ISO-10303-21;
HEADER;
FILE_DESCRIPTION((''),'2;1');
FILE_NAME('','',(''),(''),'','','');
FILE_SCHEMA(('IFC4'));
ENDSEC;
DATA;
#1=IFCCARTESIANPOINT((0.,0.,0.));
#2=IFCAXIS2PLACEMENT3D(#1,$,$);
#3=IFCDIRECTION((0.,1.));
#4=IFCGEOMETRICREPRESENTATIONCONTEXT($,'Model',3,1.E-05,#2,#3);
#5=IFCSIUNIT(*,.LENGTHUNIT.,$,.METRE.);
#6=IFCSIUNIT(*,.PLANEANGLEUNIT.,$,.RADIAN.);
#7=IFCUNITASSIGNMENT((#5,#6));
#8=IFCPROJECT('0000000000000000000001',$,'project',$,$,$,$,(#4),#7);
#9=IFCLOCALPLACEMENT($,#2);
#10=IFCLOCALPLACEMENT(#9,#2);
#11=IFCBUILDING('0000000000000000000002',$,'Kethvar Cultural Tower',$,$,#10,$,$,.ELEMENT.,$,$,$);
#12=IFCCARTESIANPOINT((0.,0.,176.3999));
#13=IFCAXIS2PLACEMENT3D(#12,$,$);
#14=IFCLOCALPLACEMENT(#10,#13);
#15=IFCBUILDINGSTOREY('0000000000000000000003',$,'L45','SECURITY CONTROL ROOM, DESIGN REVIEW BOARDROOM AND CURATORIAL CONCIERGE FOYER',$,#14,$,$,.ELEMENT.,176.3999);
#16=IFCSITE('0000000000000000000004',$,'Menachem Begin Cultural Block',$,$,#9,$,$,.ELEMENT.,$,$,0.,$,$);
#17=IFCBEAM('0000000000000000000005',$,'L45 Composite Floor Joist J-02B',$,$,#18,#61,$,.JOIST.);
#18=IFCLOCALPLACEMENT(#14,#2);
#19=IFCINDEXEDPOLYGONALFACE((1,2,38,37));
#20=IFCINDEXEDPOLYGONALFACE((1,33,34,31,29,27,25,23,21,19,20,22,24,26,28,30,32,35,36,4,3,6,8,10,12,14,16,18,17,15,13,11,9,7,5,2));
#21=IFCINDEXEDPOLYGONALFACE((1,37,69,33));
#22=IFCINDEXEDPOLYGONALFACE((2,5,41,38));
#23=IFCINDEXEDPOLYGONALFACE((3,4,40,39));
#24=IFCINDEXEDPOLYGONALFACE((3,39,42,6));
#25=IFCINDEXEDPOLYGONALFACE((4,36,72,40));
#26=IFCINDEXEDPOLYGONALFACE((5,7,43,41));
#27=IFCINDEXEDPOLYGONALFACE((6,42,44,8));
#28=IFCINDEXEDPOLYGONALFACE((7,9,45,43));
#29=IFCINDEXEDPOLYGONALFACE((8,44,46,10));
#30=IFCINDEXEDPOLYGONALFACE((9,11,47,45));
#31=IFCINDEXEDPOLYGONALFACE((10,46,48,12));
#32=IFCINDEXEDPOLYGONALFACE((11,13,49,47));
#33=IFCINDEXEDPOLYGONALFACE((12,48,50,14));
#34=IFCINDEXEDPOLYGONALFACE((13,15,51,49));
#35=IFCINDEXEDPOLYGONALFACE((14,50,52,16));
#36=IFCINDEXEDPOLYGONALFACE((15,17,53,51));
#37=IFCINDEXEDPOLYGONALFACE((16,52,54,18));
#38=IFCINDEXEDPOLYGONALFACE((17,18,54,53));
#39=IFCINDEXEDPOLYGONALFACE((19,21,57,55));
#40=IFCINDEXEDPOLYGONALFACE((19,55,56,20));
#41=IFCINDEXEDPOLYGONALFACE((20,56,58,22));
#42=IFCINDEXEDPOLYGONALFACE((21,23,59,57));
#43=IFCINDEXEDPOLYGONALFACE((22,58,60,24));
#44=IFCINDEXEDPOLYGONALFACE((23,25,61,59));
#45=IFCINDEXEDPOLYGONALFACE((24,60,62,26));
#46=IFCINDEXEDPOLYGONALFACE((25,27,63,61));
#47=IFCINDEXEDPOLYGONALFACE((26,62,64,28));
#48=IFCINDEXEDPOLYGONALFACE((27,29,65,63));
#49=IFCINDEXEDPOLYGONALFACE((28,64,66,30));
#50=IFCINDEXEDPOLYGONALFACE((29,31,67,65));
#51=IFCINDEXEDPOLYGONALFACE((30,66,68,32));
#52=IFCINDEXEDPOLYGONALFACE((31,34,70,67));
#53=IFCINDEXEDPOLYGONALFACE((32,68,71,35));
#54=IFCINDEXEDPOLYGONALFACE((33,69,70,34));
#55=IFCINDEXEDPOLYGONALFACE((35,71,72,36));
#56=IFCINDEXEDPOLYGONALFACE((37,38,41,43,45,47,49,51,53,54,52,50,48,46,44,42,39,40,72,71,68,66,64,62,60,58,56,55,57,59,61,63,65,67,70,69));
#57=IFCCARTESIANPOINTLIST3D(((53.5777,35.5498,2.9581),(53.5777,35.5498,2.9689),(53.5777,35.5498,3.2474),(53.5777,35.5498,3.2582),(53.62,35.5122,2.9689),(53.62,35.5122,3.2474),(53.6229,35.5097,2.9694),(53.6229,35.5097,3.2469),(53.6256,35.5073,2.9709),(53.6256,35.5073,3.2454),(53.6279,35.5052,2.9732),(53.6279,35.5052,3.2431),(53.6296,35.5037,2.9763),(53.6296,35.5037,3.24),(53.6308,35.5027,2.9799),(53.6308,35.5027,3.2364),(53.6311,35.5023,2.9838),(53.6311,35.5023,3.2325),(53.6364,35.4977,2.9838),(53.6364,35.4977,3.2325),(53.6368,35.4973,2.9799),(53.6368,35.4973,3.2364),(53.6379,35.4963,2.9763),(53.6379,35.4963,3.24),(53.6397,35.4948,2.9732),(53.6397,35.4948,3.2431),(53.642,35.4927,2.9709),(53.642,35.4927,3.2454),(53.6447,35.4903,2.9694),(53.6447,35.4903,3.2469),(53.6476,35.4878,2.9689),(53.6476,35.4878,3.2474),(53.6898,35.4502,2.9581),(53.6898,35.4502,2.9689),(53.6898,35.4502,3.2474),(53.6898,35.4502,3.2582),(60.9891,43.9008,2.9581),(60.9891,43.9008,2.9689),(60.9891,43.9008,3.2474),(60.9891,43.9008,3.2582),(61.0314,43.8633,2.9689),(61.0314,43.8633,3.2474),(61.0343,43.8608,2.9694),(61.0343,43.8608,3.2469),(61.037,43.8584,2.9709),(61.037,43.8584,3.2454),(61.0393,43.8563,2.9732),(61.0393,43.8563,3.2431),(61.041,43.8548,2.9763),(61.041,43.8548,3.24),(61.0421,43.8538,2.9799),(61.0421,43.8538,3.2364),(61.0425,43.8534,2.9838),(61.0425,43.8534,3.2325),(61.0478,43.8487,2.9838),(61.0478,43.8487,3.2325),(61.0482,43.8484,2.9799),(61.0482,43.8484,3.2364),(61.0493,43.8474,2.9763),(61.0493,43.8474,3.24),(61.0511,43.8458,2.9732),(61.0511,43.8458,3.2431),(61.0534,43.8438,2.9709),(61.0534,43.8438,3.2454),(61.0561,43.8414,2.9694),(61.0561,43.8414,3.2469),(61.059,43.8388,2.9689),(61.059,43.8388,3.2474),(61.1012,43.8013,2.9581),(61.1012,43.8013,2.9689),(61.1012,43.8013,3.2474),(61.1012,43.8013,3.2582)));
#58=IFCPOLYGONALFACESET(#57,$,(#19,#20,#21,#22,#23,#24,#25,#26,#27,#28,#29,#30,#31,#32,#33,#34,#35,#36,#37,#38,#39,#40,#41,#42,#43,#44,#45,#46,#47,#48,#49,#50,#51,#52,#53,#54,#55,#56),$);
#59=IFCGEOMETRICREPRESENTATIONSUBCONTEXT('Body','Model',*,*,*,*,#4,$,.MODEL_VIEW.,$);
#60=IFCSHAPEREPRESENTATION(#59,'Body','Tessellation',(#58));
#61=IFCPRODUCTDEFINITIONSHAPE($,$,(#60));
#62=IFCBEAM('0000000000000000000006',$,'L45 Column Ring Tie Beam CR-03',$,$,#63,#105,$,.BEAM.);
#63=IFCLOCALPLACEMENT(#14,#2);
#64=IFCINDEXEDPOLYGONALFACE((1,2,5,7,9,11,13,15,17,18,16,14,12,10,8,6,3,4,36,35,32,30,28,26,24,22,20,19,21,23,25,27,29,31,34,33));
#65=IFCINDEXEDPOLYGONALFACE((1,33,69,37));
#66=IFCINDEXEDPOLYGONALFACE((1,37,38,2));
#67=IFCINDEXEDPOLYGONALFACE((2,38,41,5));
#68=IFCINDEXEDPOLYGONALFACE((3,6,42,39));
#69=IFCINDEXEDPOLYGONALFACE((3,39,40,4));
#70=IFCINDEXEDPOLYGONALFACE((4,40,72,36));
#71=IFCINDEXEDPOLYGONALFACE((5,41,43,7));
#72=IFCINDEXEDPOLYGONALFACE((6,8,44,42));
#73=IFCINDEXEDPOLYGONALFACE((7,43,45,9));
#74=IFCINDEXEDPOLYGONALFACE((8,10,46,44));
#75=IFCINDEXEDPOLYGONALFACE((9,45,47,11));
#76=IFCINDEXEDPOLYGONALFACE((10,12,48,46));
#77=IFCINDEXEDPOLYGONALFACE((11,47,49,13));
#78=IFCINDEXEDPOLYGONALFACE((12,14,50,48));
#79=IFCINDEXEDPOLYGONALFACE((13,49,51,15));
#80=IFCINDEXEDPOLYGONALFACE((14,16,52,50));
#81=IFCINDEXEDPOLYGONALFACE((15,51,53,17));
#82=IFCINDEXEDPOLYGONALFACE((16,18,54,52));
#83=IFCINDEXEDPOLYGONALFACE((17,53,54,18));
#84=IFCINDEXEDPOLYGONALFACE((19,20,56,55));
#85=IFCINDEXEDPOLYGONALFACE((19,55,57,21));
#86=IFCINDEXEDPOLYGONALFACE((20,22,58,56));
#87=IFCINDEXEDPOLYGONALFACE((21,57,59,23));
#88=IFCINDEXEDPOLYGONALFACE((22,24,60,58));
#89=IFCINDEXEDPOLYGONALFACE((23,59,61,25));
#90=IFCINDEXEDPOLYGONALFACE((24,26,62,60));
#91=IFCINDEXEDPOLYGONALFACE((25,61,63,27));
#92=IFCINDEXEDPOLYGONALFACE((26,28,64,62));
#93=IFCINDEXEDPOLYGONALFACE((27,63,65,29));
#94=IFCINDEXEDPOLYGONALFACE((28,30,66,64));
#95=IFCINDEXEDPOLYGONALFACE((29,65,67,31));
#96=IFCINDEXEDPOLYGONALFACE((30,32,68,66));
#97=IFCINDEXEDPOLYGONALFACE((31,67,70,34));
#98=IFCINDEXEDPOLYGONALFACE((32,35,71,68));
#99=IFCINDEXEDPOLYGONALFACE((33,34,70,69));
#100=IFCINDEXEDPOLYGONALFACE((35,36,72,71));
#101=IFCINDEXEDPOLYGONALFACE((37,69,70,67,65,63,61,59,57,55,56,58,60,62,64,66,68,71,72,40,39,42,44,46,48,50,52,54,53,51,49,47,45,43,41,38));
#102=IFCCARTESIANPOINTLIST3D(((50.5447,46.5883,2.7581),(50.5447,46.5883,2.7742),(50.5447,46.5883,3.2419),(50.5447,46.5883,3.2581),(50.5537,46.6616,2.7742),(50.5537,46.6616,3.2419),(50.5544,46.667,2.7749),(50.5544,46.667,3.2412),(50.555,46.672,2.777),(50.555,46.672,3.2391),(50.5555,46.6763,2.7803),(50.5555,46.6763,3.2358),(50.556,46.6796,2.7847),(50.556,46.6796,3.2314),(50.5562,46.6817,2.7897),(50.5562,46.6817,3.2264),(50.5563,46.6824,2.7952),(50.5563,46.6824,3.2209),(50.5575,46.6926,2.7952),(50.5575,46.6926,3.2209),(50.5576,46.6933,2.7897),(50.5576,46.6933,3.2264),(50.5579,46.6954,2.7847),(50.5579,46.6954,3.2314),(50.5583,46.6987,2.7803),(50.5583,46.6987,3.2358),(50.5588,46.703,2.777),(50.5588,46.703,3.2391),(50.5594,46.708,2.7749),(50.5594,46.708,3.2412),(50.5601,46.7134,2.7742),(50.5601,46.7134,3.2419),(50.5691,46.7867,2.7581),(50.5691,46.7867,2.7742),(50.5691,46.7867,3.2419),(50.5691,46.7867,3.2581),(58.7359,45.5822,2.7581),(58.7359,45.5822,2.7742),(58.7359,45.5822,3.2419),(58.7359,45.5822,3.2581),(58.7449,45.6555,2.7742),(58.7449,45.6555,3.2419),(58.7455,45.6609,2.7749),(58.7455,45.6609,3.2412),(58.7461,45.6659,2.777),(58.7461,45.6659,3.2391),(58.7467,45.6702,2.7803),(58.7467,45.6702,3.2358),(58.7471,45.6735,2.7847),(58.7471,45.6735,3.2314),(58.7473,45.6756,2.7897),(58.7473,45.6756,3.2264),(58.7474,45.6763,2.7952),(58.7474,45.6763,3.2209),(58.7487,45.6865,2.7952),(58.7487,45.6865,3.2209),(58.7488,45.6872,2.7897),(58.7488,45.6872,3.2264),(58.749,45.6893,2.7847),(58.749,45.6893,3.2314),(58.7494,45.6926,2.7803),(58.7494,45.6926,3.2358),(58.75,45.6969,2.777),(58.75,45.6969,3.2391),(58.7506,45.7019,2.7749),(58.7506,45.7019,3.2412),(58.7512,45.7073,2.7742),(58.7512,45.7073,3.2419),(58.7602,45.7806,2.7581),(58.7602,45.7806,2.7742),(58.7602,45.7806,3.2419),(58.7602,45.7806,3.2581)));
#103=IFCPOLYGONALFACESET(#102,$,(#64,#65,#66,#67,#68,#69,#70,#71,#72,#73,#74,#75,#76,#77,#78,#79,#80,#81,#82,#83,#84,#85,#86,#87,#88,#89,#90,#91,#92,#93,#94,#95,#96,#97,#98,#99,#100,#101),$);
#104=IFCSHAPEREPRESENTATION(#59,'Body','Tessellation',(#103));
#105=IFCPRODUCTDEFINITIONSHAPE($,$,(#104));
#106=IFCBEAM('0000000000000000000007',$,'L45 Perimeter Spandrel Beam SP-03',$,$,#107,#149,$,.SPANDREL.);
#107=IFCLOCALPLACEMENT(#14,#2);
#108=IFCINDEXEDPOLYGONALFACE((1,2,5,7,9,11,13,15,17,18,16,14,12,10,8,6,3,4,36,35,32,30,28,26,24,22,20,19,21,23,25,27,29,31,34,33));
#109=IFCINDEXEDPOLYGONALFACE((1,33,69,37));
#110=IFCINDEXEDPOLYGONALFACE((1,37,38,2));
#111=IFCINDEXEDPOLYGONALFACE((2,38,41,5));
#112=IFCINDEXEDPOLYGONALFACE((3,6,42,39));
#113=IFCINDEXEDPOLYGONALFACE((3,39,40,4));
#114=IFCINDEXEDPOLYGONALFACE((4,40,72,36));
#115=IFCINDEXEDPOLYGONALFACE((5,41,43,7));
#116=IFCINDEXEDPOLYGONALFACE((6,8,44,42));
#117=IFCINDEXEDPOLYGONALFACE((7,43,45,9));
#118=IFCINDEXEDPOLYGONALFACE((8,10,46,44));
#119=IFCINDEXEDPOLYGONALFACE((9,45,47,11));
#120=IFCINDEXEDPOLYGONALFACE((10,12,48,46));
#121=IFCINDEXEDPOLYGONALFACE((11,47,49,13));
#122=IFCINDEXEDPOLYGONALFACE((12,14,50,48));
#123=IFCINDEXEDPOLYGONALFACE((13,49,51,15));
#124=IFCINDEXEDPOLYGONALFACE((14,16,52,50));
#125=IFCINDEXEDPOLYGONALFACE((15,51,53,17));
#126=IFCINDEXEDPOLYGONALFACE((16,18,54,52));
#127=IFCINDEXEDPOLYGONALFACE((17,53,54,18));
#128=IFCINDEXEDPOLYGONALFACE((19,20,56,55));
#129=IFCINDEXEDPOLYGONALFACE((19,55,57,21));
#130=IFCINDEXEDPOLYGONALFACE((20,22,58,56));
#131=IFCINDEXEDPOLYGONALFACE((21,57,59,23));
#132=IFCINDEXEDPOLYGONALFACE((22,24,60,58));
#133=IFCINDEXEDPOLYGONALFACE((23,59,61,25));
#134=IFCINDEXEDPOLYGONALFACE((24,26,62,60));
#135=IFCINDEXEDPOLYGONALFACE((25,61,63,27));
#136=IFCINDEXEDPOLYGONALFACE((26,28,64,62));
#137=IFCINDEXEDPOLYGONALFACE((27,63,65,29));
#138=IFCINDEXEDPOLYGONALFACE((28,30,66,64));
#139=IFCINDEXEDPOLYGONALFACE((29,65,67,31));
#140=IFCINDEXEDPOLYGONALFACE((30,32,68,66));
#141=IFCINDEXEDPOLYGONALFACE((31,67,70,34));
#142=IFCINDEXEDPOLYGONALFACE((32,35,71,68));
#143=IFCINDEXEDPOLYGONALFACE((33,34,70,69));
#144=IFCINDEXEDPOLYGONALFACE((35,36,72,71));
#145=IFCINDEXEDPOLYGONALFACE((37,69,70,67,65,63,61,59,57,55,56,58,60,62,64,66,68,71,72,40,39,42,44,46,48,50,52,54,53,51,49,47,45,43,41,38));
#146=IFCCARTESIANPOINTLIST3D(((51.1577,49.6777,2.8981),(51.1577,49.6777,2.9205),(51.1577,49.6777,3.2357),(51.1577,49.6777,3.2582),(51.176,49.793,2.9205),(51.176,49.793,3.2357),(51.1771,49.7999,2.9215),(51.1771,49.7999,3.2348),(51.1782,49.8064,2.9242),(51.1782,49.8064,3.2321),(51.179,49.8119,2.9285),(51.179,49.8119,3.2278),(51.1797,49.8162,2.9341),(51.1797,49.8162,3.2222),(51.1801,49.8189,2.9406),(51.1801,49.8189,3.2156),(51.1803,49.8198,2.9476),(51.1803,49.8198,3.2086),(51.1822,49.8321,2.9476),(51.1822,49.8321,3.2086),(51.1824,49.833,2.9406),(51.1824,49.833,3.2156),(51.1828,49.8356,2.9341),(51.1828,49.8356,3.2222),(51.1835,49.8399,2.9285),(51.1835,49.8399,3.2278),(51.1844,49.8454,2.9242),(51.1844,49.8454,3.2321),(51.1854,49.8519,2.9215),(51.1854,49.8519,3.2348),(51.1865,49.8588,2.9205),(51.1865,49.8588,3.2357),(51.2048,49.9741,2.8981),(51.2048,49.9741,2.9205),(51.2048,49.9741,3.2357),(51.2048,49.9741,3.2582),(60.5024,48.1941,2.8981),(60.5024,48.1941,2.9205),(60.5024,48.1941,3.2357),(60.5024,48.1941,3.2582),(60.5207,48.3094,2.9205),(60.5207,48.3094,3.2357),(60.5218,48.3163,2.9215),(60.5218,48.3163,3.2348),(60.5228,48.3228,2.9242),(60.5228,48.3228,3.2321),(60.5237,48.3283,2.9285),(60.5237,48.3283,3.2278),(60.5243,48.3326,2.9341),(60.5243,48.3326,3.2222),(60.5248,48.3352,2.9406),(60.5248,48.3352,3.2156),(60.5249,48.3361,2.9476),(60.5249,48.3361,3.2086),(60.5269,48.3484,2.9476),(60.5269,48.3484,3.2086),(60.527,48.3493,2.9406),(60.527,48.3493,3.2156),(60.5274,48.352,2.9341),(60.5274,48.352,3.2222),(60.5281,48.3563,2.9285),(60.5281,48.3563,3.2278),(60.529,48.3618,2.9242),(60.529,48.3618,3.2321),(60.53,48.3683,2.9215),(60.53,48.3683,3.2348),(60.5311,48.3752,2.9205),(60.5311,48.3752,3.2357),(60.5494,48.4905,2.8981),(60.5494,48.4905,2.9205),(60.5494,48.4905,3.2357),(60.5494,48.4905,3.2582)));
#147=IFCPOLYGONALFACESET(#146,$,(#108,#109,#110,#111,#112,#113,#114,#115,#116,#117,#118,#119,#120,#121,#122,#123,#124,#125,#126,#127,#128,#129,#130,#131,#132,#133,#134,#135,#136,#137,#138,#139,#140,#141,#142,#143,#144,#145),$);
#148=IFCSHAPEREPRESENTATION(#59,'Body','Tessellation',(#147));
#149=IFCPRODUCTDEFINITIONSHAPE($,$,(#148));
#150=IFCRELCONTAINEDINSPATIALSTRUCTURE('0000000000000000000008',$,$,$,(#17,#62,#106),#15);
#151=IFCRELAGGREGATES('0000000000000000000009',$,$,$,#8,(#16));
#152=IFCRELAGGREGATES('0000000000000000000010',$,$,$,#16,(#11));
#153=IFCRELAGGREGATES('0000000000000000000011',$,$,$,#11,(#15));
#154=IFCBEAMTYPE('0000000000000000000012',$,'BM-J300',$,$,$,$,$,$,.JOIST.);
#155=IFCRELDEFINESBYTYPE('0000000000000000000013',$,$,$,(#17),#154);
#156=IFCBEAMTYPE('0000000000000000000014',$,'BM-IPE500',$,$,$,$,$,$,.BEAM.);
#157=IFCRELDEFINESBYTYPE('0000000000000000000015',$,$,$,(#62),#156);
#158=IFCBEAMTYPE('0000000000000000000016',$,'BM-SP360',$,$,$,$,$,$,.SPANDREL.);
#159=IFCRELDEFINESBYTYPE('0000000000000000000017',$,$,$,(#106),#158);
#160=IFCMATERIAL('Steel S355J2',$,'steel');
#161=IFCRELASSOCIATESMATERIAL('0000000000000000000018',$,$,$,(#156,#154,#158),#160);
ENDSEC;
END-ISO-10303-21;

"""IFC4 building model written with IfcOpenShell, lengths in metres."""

from ifc_helpers import new_model, si_unit, direction, frame, origin, origin_2d, place, context, subcontext, project, spatial, i_section, extrude, source, transform, mapped, material, material_profile, profile_set, type_object, element, save


model = new_model("IFC4")

# Units and contexts
model_context = context("Model", 3, precision=1e-05, world=origin(), true_north=direction((0.0, 1.0)))
body_context = subcontext(model_context, "Body", "Model", "MODEL_VIEW")
ifc_project = project(units=[si_unit("LENGTHUNIT", "METRE"), si_unit("PLANEANGLEUNIT", "RADIAN")], contexts=[model_context])

# Site, building, storey
site_placement = place(None, origin())
site = spatial("IfcSite", under=ifc_project, at=site_placement, Name="Menachem Begin Cultural Block", CompositionType="ELEMENT", RefElevation=0.0)
building_placement = place(site_placement, origin())
building = spatial("IfcBuilding", under=site, at=building_placement, Name="Kethvar Cultural Tower", CompositionType="ELEMENT")
storey_placement = place(building_placement, frame((0.0, 0.0, 176.3999)))
storey = spatial("IfcBuildingStorey", under=building, at=storey_placement, Name="L45", Description="SECURITY CONTROL ROOM, DESIGN REVIEW BOARDROOM AND CURATORIAL CONCIERGE FOYER", CompositionType="ELEMENT", Elevation=176.3999)

# Beams
ifc_material_1 = material(Name="Steel S355J2", Category="steel")
ifc_material_profile_1 = material_profile(ifc_material_1, i_section(OverallWidth=0.2, OverallDepth=0.5, WebThickness=0.0103, FlangeThickness=0.0161, FilletRadius=0.021, at=origin_2d()), Name="Steel S355J2 — IPE500")
ifc_profile_set_1 = profile_set([ifc_material_profile_1], Name="Steel S355J2 — IPE500")
beam_type_1 = type_object("IfcBeamType", Name="BM-IPE500", PredefinedType="BEAM", material=ifc_profile_set_1)
ifc_material_profile_2 = material_profile(ifc_material_1, i_section(OverallWidth=0.1499, OverallDepth=0.3, WebThickness=0.0071, FlangeThickness=0.0107, FilletRadius=0.0149, at=origin_2d()), Name="Steel S355J2 — IPE300")
ifc_profile_set_2 = profile_set([ifc_material_profile_2], Name="Steel S355J2 — IPE300")
beam_type_2 = type_object("IfcBeamType", Name="BM-J300", PredefinedType="JOIST", material=ifc_profile_set_2)
shared_shape_1 = source(origin(), body_context, "Body", "SweptSolid", [
    extrude(i_section(OverallWidth=0.1499, OverallDepth=0.3, WebThickness=0.0071, FlangeThickness=0.0107, FilletRadius=0.0149, at=origin_2d()), origin(), (0.0, 0.0, 1.0), 11.1655),
])
beam_1_placement = place(storey_placement, frame((53.6338, 35.5, 3.1082), z_axis=(0.663773, 0.747934, 0.0), x_axis=(-0.747934, 0.663773, 0.0)))
element("IfcBeam", 1, at=beam_1_placement, inside=storey, type_object=beam_type_2, Name="L45 Composite Floor Joist J-02B", PredefinedType="JOIST", context=body_context, shape_type="MappedRepresentation", body=[
    mapped(shared_shape_1, transform((0.0, 0.0, 0.0), scale=1.0)),
])
shared_shape_2 = source(origin(), body_context, "Body", "SweptSolid", [
    extrude(i_section(OverallWidth=0.2, OverallDepth=0.5, WebThickness=0.0103, FlangeThickness=0.0161, FilletRadius=0.021, at=origin_2d()), origin(), (0.0, 0.0, 1.0), 8.2527),
])
beam_2_placement = place(storey_placement, frame((58.748, 45.6814, 3.0081), z_axis=(-0.992541, 0.121912, 0.0), x_axis=(-0.121912, -0.992541, 0.0)))
element("IfcBeam", 2, at=beam_2_placement, inside=storey, type_object=beam_type_1, Name="L45 Column Ring Tie Beam CR-03", PredefinedType="BEAM", context=body_context, shape_type="MappedRepresentation", body=[
    mapped(shared_shape_2, transform((0.0, 0.0, 0.0), scale=1.0)),
])
ifc_material_profile_3 = material_profile(ifc_material_1, i_section(OverallWidth=0.3, OverallDepth=0.3601, WebThickness=0.0125, FlangeThickness=0.0225, FilletRadius=0.0271, at=origin_2d()), Name="Steel S355J2 — HEB360")
ifc_profile_set_3 = profile_set([ifc_material_profile_3], Name="Steel S355J2 — HEB360")
beam_type_3 = type_object("IfcBeamType", Name="BM-SP360", PredefinedType="SPANDREL", material=ifc_profile_set_3)
shared_shape_3 = source(origin(), body_context, "Body", "SweptSolid", [
    extrude(i_section(OverallWidth=0.3, OverallDepth=0.3601, WebThickness=0.0125, FlangeThickness=0.0225, FilletRadius=0.0271, at=origin_2d()), origin(), (0.0, 0.0, 1.0), 9.4617),
])
beam_3_placement = place(storey_placement, frame((60.5259, 48.3423, 3.0781), z_axis=(-0.98763, 0.156804, 0.0), x_axis=(-0.156804, -0.98763, 0.0)))
element("IfcBeam", 3, at=beam_3_placement, inside=storey, type_object=beam_type_3, Name="L45 Perimeter Spandrel Beam SP-03", PredefinedType="SPANDREL", context=body_context, shape_type="MappedRepresentation", body=[
    mapped(shared_shape_3, transform((0.0, 0.0, 0.0), scale=1.0)),
])

save(model, "model.ifc")
